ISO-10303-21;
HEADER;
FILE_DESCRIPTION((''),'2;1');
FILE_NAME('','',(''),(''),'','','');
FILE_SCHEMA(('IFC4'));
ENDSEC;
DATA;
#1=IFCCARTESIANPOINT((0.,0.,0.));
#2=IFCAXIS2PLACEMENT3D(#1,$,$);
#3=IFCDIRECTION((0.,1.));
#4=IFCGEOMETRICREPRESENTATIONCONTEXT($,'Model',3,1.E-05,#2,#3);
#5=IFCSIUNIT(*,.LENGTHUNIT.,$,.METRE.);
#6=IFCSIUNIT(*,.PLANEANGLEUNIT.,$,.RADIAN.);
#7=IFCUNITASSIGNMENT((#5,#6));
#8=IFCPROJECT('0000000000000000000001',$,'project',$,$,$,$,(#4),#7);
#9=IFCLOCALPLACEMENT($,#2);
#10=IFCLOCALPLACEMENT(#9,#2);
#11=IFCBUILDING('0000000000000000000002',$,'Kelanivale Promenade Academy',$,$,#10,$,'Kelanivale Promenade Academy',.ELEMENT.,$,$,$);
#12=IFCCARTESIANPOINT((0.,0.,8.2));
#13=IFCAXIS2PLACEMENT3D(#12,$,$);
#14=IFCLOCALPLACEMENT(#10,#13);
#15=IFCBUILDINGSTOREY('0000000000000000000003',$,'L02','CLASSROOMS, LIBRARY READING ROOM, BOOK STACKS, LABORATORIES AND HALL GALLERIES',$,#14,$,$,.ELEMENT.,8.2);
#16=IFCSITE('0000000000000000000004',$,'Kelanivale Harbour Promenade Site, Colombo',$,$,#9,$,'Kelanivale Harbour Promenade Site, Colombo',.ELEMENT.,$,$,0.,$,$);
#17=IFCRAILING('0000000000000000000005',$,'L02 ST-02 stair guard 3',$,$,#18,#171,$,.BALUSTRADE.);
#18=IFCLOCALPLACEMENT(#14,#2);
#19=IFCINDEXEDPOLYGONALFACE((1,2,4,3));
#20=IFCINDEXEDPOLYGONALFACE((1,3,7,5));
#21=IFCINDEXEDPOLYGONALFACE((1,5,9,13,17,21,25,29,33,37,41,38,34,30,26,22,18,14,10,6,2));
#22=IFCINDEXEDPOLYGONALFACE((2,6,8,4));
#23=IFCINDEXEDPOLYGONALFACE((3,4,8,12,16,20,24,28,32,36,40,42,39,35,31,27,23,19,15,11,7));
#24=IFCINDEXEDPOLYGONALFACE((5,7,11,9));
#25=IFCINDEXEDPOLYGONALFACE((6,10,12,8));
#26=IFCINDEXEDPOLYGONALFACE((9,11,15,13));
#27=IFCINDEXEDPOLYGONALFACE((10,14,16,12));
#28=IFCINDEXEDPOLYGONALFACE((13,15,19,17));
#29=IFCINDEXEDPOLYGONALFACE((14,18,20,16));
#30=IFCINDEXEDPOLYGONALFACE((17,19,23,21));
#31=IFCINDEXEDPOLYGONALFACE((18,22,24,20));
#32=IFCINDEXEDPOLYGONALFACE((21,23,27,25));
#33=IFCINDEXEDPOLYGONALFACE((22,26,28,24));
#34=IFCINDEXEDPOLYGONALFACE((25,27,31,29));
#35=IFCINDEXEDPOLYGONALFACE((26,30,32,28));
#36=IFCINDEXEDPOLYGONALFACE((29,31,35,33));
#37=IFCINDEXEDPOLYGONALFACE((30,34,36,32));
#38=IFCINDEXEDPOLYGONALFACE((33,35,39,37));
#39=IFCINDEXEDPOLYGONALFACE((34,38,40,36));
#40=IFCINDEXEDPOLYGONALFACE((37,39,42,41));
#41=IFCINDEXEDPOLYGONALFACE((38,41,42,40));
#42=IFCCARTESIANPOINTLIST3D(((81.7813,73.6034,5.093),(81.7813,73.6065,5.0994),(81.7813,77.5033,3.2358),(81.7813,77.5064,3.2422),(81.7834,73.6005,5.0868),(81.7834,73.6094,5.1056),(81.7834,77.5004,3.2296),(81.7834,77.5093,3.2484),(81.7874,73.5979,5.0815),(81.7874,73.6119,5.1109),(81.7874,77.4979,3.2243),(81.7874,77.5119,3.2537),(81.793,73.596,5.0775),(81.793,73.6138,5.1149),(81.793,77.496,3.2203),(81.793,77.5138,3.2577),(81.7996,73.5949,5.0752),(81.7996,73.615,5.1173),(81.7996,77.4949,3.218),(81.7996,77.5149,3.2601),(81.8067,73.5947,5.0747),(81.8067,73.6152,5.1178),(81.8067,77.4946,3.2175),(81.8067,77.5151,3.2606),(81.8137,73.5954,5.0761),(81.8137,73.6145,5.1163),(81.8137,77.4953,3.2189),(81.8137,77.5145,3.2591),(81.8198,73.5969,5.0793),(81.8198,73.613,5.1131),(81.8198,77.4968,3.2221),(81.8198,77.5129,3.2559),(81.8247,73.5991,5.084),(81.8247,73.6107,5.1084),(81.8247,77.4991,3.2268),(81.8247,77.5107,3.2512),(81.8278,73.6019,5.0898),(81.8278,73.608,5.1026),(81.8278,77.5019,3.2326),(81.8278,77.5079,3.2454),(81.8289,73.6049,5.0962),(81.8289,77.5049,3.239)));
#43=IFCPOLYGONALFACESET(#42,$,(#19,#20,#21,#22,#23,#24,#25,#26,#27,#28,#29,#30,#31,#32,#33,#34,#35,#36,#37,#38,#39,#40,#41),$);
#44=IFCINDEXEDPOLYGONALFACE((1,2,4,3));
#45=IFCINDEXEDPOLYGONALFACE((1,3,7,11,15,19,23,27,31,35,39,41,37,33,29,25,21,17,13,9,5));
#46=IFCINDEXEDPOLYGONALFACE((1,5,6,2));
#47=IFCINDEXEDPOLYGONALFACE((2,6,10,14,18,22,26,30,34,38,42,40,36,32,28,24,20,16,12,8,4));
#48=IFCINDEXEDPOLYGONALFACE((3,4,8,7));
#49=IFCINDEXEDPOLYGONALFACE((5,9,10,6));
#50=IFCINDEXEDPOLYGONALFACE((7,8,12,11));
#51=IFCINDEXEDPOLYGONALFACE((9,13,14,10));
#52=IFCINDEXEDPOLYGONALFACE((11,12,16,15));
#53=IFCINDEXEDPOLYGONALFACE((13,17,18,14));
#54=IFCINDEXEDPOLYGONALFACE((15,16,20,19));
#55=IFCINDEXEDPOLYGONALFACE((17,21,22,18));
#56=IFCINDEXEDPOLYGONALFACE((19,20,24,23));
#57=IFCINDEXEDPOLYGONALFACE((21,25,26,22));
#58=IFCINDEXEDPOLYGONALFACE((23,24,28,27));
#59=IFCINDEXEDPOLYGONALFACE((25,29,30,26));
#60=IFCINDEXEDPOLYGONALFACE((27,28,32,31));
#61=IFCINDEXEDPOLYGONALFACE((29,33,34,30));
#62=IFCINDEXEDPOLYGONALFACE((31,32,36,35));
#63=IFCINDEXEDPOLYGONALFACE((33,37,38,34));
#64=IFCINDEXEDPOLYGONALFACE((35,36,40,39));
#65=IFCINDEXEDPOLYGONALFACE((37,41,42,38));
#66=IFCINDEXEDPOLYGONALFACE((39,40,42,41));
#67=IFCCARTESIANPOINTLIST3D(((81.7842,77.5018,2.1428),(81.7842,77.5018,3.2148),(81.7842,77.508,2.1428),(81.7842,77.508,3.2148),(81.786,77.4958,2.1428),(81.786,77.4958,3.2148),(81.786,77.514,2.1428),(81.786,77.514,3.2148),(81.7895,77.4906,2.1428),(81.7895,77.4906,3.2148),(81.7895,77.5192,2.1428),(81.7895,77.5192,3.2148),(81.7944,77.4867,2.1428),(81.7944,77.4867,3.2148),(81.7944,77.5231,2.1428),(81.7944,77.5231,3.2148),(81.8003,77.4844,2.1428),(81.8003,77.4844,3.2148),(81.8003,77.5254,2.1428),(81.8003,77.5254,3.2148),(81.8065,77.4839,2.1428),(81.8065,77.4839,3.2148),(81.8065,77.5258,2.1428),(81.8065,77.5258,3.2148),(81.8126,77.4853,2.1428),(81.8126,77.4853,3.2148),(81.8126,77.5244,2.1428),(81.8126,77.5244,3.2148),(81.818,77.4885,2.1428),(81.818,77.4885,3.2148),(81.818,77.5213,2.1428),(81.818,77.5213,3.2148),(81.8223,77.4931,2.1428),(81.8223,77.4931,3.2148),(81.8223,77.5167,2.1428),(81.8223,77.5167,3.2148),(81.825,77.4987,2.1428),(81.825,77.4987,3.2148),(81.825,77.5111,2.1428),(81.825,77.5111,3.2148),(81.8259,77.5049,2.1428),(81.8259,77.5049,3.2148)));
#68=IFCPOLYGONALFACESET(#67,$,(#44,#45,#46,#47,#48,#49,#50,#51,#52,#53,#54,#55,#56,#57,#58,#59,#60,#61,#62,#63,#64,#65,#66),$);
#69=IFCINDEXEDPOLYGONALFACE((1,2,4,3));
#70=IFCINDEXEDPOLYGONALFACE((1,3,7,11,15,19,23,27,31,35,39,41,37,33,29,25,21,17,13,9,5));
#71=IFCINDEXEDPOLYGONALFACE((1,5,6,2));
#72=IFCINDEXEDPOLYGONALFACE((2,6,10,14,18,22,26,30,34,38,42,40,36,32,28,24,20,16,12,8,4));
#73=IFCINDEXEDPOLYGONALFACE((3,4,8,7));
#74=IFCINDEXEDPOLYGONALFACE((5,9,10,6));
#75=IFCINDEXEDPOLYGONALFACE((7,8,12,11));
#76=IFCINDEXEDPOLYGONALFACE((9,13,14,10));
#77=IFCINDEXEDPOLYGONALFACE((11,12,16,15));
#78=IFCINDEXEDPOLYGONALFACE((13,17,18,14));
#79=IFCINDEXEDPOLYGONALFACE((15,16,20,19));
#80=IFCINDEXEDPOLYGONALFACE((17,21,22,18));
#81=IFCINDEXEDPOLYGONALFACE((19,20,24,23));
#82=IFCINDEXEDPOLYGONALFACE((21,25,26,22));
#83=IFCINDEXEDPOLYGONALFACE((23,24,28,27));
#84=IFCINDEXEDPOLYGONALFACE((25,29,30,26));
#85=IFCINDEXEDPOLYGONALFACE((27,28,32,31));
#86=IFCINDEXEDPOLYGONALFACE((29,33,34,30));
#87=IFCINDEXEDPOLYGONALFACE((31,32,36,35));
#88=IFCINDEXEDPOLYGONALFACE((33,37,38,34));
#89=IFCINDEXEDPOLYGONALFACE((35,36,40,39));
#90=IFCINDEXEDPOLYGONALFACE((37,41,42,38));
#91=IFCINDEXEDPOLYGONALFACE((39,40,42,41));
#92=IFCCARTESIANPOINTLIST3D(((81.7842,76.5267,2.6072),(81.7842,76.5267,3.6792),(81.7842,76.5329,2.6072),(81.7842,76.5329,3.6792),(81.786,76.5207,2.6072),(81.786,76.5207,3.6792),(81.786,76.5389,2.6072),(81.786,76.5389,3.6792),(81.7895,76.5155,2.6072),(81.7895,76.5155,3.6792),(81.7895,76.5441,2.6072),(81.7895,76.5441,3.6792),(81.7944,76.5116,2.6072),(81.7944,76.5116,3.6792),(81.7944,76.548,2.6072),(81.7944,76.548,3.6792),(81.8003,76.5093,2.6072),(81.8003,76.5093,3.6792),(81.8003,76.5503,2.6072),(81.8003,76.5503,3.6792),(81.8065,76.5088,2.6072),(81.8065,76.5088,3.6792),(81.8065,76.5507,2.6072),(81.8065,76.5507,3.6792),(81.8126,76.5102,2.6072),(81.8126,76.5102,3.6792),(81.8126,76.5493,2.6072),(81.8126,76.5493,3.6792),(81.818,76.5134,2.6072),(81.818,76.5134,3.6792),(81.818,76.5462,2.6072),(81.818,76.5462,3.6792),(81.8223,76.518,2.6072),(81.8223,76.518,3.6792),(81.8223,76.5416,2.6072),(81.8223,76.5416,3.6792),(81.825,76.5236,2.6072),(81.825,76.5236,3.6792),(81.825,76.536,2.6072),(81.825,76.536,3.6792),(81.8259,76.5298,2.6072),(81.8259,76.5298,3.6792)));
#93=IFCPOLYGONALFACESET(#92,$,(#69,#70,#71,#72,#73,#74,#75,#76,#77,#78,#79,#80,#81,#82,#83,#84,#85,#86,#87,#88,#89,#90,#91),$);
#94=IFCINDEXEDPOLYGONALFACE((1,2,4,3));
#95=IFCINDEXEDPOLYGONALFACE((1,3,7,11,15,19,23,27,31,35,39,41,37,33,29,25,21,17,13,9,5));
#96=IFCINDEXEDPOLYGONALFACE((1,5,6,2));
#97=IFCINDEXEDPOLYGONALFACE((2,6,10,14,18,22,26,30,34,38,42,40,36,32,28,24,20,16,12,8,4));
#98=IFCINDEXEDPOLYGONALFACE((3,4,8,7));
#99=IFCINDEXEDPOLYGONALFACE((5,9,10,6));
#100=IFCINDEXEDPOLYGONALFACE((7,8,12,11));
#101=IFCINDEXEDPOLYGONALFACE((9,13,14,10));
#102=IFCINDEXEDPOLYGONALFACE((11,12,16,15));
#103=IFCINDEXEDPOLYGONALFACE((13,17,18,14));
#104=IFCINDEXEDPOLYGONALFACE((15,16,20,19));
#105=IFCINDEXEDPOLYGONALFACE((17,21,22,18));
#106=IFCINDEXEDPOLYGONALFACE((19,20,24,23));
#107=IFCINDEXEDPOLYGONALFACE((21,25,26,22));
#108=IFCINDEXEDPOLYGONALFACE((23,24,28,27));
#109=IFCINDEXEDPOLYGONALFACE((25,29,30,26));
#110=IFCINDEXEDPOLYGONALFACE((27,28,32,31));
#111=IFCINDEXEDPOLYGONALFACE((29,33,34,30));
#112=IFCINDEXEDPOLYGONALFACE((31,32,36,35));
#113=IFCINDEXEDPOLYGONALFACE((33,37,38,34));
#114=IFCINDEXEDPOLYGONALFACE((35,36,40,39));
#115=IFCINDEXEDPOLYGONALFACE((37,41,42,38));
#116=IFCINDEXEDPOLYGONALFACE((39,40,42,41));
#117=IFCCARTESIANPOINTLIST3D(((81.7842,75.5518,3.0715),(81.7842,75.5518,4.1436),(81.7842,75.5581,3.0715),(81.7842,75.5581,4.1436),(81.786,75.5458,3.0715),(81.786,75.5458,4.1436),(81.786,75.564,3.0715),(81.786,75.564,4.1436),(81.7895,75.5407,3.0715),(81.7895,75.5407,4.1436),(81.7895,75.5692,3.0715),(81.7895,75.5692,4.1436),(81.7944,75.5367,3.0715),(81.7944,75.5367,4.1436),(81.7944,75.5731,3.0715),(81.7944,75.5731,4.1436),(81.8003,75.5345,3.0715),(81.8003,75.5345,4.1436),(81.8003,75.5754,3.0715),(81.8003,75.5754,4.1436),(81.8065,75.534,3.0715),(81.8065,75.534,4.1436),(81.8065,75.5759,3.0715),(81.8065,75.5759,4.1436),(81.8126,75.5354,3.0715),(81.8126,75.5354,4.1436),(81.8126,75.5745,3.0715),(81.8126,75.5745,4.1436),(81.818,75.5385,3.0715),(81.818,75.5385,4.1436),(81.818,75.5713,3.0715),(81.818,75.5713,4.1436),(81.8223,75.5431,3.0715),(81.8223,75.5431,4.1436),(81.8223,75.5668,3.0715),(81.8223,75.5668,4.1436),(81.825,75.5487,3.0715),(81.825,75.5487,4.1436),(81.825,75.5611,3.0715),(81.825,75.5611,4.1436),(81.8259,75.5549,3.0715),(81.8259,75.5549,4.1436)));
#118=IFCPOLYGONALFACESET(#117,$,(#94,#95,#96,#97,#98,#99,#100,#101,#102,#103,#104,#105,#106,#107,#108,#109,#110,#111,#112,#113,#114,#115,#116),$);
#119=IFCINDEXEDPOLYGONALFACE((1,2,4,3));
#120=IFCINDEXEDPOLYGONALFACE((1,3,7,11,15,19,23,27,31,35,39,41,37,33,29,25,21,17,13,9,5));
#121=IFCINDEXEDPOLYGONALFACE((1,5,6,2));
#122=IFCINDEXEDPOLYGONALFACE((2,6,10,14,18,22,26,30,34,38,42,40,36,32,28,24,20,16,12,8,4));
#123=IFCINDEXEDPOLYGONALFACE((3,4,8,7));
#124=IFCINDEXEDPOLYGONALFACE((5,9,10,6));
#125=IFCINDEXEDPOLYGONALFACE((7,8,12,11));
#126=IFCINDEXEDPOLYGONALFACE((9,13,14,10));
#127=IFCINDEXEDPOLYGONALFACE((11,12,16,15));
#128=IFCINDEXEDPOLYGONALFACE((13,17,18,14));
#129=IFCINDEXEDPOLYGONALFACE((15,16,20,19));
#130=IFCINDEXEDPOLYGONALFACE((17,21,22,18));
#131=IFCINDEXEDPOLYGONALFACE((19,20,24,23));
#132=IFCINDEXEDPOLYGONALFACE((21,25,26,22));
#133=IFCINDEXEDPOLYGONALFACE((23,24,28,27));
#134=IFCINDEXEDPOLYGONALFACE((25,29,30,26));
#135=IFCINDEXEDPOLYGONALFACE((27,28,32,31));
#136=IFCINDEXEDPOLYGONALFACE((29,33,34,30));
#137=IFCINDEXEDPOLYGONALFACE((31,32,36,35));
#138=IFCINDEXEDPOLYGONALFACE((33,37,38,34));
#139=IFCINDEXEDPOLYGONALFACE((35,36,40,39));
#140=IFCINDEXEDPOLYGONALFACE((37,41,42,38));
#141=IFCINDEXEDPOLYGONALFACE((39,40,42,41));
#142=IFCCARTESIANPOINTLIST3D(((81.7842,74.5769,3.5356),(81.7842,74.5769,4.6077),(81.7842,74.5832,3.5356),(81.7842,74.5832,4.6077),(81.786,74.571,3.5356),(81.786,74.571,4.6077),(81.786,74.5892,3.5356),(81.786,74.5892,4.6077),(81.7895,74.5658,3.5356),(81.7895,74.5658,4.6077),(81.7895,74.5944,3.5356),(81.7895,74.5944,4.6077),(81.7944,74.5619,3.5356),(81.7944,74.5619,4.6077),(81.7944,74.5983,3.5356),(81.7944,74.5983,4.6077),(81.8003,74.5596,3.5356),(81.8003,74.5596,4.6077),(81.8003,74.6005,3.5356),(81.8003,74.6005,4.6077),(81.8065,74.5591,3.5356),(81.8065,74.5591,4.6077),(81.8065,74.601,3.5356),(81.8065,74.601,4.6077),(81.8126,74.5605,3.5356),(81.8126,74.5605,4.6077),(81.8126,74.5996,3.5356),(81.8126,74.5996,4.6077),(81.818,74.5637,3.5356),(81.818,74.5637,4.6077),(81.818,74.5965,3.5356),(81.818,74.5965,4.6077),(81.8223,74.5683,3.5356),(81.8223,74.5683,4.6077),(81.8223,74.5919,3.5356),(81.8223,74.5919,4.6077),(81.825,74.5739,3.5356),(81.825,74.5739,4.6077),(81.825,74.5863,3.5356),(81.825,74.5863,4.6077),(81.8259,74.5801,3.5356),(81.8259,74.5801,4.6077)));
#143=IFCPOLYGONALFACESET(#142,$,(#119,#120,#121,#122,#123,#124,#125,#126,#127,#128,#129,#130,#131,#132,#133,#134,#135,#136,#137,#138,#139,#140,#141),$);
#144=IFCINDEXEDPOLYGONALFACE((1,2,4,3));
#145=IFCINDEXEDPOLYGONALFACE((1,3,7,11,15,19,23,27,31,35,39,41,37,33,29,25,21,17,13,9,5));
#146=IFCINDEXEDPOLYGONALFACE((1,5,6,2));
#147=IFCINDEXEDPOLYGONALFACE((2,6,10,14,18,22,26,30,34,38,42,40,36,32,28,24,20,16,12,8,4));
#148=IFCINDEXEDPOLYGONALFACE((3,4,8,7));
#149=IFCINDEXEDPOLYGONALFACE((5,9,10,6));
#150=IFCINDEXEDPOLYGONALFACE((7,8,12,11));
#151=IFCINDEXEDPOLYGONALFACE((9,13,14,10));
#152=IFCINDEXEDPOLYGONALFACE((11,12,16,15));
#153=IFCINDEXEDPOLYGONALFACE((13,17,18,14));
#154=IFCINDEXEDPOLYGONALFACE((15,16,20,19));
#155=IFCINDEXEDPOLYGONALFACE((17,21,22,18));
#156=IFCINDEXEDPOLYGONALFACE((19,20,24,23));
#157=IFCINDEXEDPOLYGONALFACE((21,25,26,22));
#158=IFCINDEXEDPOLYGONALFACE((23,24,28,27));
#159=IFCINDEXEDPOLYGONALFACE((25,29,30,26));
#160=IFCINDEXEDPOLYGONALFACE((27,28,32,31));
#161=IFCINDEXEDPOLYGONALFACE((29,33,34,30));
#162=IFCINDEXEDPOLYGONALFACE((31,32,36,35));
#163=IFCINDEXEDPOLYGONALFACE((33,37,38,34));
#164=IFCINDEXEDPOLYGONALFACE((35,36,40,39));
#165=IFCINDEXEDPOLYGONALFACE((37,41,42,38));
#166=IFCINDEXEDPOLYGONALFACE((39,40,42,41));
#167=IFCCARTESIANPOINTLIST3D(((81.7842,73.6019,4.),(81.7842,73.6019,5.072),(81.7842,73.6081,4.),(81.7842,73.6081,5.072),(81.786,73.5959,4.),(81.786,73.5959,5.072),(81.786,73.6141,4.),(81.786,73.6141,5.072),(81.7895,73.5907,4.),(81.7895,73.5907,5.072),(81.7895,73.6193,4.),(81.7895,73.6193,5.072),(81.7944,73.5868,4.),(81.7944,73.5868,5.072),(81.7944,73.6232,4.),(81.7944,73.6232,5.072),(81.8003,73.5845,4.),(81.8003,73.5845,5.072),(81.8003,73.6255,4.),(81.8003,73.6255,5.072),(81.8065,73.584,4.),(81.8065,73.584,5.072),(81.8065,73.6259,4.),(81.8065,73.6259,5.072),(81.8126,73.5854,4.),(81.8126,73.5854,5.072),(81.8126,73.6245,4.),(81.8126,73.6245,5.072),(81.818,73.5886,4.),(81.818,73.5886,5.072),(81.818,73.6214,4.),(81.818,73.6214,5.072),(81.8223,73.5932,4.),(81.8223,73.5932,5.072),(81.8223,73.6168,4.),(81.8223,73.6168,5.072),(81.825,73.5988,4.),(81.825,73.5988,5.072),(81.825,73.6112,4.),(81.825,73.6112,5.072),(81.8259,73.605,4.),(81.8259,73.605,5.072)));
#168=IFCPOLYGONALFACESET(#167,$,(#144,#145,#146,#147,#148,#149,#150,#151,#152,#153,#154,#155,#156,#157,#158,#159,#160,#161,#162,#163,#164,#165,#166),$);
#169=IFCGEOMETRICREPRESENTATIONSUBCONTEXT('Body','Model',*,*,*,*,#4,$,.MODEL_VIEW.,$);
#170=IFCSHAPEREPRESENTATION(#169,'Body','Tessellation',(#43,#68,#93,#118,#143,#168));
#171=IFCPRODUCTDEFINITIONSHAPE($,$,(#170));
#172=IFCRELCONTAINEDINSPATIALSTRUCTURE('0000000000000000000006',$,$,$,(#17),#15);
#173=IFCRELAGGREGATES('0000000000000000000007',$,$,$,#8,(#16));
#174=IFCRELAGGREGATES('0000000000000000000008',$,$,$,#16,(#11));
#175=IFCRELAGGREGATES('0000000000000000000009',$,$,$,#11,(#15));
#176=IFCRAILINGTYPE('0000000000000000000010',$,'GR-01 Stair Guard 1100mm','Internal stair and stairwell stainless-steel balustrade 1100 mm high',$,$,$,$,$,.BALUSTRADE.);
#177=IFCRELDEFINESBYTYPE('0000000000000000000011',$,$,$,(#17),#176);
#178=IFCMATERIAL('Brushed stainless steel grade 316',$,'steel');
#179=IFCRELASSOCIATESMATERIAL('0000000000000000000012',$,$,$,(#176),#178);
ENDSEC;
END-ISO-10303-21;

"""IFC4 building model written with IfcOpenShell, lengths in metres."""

from ifc_helpers import new_model, si_unit, direction, frame, origin, origin_2d, place, context, subcontext, project, spatial, circle, extrude, material, type_object, element, save


model = new_model("IFC4")

# Units and contexts
model_context = context("Model", 3, precision=1e-05, world=origin(), true_north=direction((0.0, 1.0)))
body_context = subcontext(model_context, "Body", "Model", "MODEL_VIEW")
ifc_project = project(units=[si_unit("LENGTHUNIT", "METRE"), si_unit("PLANEANGLEUNIT", "RADIAN")], contexts=[model_context])

# Site, building, storey
site_placement = place(None, origin())
site = spatial("IfcSite", under=ifc_project, at=site_placement, Name="Kelanivale Harbour Promenade Site, Colombo", LongName="Kelanivale Harbour Promenade Site, Colombo", CompositionType="ELEMENT", RefElevation=0.0)
building_placement = place(site_placement, origin())
building = spatial("IfcBuilding", under=site, at=building_placement, Name="Kelanivale Promenade Academy", LongName="Kelanivale Promenade Academy", CompositionType="ELEMENT")
storey_placement = place(building_placement, frame((0.0, 0.0, 8.2)))
storey = spatial("IfcBuildingStorey", under=building, at=storey_placement, Name="L02", Description="CLASSROOMS, LIBRARY READING ROOM, BOOK STACKS, LABORATORIES AND HALL GALLERIES", CompositionType="ELEMENT", Elevation=8.2)

# Railing
ifc_material_1 = material(Name="Brushed stainless steel grade 316", Category="steel")
railing_type_1 = type_object("IfcRailingType", Name="GR-01 Stair Guard 1100mm", Description="Internal stair and stairwell stainless-steel balustrade 1100 mm high", PredefinedType="BALUSTRADE", material=ifc_material_1)
railing_1_placement = place(storey_placement, frame((81.8049, 77.5049, 2.1428)))
element("IfcRailing", 1, at=railing_1_placement, inside=storey, type_object=railing_type_1, Name="L02 ST-02 stair guard 3", PredefinedType="BALUSTRADE", context=body_context, shape_type="SweptSolid", body=[
    extrude(circle(Radius=0.0239, at=origin_2d()), frame((0.0, 0.0, 1.0962), z_axis=(0.0, -0.902853, 0.429949), x_axis=(1.0, 0.0, 0.0)), (0.0, 0.0, 1.0), 4.3196),
    extrude(circle(Radius=0.021, at=origin_2d()), origin(), (0.0, 0.0, 1.0), 1.072),
    extrude(circle(Radius=0.021, at=origin_2d()), frame((0.0, -0.9751, 0.4644)), (0.0, 0.0, 1.0), 1.072),
    extrude(circle(Radius=0.021, at=origin_2d()), frame((0.0, -1.95, 0.9287)), (0.0, 0.0, 1.0), 1.072),
    extrude(circle(Radius=0.021, at=origin_2d()), frame((0.0, -2.9248, 1.3928)), (0.0, 0.0, 1.0), 1.072),
    extrude(circle(Radius=0.021, at=origin_2d()), frame((0.0, -3.8999, 1.8572)), (0.0, 0.0, 1.0), 1.072),
])

save(model, "model.ifc")
